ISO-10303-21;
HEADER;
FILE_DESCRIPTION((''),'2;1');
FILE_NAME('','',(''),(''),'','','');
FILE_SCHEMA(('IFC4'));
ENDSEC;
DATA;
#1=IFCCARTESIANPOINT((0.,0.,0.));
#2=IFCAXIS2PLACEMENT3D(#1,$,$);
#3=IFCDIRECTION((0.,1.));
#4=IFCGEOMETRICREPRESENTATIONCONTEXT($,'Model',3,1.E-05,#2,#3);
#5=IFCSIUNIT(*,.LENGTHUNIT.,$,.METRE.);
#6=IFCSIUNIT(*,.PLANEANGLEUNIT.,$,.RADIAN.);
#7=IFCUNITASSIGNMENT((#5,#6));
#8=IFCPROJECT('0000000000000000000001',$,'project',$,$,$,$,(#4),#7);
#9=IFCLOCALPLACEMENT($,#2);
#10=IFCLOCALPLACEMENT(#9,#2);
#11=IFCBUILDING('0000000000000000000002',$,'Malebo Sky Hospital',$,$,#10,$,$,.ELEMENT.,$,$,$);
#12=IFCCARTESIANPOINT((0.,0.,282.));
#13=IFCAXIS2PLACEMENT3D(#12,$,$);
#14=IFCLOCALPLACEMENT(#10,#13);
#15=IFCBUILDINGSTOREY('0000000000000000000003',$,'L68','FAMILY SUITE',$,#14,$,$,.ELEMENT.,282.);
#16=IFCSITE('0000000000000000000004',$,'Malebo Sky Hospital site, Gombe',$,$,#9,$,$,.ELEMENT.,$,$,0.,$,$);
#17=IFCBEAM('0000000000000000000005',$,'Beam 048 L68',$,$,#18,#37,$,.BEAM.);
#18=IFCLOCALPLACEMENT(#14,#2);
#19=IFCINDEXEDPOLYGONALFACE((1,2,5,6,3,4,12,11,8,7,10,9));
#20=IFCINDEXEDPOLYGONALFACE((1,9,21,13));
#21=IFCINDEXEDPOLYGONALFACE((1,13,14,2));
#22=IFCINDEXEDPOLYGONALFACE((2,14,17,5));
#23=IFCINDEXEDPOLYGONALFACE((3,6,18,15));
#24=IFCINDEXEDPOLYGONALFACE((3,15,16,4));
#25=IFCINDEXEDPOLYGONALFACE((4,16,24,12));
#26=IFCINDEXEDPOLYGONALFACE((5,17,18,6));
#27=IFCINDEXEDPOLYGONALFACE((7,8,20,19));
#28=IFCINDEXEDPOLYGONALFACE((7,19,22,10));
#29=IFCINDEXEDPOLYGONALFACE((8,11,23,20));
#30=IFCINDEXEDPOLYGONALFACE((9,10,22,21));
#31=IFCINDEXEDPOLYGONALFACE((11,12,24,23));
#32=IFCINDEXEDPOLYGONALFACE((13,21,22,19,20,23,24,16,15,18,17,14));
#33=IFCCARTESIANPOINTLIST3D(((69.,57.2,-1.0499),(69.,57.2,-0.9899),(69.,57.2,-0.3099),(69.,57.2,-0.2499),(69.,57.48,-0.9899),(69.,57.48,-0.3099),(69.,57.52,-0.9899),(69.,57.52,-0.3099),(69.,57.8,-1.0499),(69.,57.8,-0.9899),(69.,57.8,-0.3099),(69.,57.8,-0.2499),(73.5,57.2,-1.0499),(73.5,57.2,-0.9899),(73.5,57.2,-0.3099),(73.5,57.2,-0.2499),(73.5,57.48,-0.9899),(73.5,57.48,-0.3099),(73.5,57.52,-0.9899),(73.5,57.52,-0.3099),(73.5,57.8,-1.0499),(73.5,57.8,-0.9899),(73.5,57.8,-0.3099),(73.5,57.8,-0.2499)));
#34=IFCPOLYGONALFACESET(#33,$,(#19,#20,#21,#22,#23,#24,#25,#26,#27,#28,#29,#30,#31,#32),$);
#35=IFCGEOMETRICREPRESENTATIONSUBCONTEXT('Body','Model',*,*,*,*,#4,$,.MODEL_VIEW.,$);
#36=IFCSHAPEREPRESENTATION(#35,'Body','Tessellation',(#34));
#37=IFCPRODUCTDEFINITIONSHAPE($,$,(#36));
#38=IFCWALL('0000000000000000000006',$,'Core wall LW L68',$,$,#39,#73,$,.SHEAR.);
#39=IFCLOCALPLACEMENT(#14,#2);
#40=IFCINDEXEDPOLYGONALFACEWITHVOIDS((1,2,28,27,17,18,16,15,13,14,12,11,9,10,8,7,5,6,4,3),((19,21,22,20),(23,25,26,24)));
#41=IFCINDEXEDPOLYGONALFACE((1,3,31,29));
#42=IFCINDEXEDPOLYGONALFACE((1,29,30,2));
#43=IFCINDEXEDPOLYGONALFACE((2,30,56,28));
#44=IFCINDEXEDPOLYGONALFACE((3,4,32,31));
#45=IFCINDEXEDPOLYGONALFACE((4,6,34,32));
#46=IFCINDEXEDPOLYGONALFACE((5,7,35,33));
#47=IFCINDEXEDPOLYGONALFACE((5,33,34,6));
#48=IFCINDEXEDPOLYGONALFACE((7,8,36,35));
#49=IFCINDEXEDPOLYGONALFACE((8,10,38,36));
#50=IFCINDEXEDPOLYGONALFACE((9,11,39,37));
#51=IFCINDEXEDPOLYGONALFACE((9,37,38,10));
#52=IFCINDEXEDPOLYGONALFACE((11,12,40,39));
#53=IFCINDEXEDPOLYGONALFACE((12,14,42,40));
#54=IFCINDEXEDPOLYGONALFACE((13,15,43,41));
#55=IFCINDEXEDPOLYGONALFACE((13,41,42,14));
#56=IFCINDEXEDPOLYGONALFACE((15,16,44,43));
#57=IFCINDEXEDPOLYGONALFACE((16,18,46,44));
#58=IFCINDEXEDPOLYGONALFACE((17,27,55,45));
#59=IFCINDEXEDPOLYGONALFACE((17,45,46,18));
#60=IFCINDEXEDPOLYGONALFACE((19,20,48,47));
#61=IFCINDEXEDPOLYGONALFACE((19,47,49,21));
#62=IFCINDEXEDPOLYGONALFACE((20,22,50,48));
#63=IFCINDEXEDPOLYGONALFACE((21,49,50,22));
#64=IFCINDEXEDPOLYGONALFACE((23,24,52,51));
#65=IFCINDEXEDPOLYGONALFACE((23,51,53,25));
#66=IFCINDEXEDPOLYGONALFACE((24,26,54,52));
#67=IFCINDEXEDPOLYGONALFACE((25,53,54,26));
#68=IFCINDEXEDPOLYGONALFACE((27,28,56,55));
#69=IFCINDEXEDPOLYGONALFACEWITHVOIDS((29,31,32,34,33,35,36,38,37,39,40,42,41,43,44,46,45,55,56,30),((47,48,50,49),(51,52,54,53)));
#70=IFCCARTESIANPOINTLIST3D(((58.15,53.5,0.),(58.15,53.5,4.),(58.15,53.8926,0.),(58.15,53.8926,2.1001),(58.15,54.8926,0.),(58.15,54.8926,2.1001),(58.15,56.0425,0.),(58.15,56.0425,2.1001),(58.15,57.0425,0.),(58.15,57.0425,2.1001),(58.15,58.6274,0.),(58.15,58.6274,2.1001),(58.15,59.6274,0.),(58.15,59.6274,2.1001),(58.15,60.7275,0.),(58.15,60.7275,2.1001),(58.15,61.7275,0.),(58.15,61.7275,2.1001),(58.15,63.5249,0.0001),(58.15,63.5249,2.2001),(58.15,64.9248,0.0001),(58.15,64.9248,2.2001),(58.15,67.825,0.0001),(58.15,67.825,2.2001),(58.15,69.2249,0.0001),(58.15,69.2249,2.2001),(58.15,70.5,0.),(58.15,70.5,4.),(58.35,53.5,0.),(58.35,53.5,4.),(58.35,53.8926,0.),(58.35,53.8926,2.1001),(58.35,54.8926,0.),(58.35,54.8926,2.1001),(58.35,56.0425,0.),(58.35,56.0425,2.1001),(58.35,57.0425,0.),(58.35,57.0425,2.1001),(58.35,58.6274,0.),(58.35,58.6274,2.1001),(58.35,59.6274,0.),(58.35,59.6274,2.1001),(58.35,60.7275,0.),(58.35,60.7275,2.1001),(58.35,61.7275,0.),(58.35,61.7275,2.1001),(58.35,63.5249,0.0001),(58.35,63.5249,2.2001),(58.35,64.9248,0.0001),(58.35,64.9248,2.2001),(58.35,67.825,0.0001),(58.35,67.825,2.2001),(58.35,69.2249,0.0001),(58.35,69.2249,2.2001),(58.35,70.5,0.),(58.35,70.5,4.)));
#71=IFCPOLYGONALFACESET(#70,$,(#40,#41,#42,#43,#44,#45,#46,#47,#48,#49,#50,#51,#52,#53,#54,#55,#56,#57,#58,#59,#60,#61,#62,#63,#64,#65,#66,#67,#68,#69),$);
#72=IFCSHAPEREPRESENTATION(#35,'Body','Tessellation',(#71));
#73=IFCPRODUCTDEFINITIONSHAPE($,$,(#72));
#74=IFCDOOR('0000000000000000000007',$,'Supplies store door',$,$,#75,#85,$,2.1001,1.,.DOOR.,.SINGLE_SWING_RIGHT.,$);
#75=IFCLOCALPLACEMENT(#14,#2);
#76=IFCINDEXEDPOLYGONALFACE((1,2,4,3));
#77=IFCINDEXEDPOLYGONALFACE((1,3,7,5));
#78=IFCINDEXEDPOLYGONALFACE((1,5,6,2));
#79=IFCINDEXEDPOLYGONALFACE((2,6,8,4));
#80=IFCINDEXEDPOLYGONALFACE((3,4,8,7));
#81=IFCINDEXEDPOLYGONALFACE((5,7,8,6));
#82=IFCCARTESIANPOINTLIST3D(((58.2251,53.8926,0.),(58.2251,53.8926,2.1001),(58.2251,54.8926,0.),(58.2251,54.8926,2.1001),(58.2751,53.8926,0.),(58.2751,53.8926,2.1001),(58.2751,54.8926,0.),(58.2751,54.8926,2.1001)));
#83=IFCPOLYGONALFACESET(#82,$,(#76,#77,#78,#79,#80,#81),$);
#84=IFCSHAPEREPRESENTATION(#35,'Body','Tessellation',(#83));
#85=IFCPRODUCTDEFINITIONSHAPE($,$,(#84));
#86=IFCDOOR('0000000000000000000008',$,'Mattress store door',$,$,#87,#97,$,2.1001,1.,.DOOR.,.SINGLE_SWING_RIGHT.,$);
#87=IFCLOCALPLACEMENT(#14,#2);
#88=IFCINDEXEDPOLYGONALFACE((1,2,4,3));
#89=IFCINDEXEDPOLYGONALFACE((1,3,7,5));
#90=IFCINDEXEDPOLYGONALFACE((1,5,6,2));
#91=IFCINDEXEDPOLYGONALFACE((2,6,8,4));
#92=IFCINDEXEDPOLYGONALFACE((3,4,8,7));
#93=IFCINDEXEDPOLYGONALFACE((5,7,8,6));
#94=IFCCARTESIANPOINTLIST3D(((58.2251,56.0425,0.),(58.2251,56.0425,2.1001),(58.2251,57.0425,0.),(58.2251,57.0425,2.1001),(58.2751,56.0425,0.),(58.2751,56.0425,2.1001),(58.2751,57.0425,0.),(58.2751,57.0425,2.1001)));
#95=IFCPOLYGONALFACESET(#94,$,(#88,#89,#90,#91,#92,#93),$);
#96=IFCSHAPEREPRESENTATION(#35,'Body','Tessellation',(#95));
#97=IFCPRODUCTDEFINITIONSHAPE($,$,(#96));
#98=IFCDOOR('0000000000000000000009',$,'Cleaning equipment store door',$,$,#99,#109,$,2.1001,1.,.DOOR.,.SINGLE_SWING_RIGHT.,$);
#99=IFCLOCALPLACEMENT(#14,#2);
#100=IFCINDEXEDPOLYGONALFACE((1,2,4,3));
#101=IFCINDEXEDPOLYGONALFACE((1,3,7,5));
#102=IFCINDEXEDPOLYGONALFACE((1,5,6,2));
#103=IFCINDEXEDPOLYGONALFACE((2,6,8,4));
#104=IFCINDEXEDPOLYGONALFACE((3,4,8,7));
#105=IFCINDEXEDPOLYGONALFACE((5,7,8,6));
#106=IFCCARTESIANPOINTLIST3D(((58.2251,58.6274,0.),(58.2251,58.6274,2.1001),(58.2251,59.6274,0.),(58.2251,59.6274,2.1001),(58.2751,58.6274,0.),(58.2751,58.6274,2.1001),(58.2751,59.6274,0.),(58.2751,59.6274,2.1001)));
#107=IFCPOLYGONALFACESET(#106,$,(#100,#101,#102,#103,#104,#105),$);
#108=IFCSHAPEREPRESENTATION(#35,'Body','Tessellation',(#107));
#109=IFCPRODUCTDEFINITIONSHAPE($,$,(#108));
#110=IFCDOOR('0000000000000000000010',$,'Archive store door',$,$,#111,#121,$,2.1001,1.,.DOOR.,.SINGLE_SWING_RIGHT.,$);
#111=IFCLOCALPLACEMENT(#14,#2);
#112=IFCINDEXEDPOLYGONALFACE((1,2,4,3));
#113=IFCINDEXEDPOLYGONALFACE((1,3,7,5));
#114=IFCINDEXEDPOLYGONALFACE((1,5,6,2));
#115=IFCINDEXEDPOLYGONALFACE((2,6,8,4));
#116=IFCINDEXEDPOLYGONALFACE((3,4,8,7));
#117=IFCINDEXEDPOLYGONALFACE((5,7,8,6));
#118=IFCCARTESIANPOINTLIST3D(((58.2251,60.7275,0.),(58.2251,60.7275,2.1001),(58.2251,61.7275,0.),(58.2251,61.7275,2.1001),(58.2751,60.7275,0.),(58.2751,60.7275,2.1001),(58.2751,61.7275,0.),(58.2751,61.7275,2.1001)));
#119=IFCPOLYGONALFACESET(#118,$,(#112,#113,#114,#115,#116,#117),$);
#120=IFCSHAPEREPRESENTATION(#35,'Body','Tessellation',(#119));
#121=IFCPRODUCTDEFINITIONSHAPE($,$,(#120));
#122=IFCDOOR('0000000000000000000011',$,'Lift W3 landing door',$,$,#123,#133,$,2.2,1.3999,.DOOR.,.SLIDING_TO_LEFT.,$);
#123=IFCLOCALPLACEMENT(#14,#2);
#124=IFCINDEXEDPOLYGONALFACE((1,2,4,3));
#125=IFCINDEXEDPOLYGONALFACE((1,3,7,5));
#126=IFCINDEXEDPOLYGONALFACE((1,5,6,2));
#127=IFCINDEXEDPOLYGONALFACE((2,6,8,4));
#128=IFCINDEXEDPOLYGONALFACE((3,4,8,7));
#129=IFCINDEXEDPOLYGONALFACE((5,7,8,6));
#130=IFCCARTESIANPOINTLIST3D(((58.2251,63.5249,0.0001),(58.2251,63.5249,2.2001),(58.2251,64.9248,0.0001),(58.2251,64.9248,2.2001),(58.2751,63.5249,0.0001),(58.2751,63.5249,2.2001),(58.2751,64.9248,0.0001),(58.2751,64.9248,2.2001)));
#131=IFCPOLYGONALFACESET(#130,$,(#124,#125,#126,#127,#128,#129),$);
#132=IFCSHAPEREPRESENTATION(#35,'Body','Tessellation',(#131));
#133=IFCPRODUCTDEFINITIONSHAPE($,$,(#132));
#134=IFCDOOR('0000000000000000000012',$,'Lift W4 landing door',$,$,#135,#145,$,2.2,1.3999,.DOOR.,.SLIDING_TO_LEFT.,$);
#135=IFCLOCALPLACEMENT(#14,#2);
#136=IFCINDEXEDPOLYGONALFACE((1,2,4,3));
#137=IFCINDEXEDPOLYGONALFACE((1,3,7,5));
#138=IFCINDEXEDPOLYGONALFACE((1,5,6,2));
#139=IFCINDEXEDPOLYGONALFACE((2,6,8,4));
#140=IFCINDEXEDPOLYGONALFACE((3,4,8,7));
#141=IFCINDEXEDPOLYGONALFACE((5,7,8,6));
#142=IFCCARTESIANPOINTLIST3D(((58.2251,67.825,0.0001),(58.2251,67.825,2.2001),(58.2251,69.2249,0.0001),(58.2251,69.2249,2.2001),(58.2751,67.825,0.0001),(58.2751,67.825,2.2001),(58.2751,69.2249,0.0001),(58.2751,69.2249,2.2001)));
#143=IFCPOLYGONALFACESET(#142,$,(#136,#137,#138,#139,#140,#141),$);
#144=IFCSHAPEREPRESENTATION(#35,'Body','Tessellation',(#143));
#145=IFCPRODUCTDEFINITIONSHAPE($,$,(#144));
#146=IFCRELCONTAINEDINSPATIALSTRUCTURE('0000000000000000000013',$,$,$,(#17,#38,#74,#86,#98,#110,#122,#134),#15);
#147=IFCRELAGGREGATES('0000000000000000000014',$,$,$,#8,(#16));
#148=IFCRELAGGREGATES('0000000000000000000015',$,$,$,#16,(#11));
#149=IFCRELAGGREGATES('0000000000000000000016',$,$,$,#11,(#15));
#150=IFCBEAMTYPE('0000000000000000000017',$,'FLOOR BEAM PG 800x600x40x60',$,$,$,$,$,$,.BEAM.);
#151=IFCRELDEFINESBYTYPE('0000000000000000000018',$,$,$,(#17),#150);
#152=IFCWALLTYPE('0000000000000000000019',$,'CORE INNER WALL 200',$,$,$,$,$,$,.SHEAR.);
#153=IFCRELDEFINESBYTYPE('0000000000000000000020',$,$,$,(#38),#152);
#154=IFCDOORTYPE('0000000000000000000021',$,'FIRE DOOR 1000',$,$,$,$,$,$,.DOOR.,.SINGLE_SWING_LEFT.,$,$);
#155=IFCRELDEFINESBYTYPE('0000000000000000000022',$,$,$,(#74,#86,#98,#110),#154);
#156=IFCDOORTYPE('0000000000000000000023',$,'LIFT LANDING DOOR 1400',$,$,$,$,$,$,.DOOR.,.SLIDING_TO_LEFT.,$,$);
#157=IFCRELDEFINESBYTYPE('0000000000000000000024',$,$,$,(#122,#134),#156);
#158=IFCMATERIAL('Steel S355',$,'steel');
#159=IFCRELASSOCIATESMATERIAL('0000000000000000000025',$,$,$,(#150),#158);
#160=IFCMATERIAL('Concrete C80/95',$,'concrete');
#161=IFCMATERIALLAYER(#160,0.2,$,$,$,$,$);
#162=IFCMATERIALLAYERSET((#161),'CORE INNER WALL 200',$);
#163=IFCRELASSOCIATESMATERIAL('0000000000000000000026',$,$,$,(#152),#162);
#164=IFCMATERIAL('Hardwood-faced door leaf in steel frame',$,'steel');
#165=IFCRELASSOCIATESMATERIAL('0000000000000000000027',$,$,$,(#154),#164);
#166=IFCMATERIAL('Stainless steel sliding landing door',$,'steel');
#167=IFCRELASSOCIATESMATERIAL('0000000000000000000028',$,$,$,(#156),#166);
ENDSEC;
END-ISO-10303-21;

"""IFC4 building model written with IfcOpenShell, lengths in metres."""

from ifc_helpers import new_model, si_unit, direction, frame, frame_2d, origin, origin_2d, place, context, subcontext, project, spatial, rectangle, i_section, extrude, material, layer, layer_set, material_profile, profile_set, type_object, element, fill, save


model = new_model("IFC4")

# Units and contexts
model_context = context("Model", 3, precision=1e-05, world=origin(), true_north=direction((0.0, 1.0)))
body_context = subcontext(model_context, "Body", "Model", "MODEL_VIEW")
ifc_project = project(units=[si_unit("LENGTHUNIT", "METRE"), si_unit("PLANEANGLEUNIT", "RADIAN")], contexts=[model_context])

# Site, building, storey
site_placement = place(None, origin())
site = spatial("IfcSite", under=ifc_project, at=site_placement, Name="Malebo Sky Hospital site, Gombe", CompositionType="ELEMENT", RefElevation=0.0)
building_placement = place(site_placement, origin())
building = spatial("IfcBuilding", under=site, at=building_placement, Name="Malebo Sky Hospital", CompositionType="ELEMENT")
storey_placement = place(building_placement, frame((0.0, 0.0, 282.0)))
storey = spatial("IfcBuildingStorey", under=building, at=storey_placement, Name="L68", Description="FAMILY SUITE", CompositionType="ELEMENT", Elevation=282.0)

# Beam
ifc_material_1 = material(Name="Steel S355", Category="steel")
ifc_material_profile = material_profile(ifc_material_1, i_section(OverallWidth=0.6001, OverallDepth=0.8, WebThickness=0.04, FlangeThickness=0.0601, at=origin_2d()), Name="PG 800x600x40x60")
ifc_profile_set = profile_set([ifc_material_profile], Name="Steel S355")
beam_type = type_object("IfcBeamType", Name="FLOOR BEAM PG 800x600x40x60", PredefinedType="BEAM", material=ifc_profile_set)
beam_placement = place(storey_placement, frame((69.0, 57.5, -0.6499), z_axis=(1.0, 0.0, 0.0), x_axis=(0.0, 1.0, 0.0)))
element("IfcBeam", 1, at=beam_placement, inside=storey, type_object=beam_type, Name="Beam 048 L68", PredefinedType="BEAM", context=body_context, shape_type="SweptSolid", body=[
    extrude(i_section(OverallWidth=0.6001, OverallDepth=0.8, WebThickness=0.04, FlangeThickness=0.0601, at=origin_2d()), origin(), (0.0, 0.0, 1.0), 4.5),
])

# Wall, openings, doors
ifc_material_2 = material(Name="Concrete C80/95", Category="concrete")
ifc_layer_1 = layer(ifc_material_2, 0.2)
ifc_layer_set_1 = layer_set([ifc_layer_1], Name="CORE INNER WALL 200")
wall_type_1 = type_object("IfcWallType", Name="CORE INNER WALL 200", PredefinedType="SHEAR", material=ifc_layer_set_1)
wall_1_placement = place(storey_placement, frame((58.25, 53.5, 0.0), z_axis=(0.0, 0.0, 1.0), x_axis=(0.0, 1.0, 0.0)))
wall_1 = element("IfcWall", 2, at=wall_1_placement, inside=storey, type_object=wall_type_1, Name="Core wall LW L68", PredefinedType="SHEAR", context=body_context, shape_type="SweptSolid", body=[
    extrude(rectangle(XDim=17.0, YDim=0.2, at=frame_2d((8.5, 0.0))), origin(), (0.0, 0.0, 1.0), 4.0),
])
opening_1_placement = place(wall_1_placement, frame((0.3926, 0.0, 0.0)))
opening_1 = element("IfcOpeningElement", 3, at=opening_1_placement, cuts=wall_1, PredefinedType="OPENING", context=body_context, shape_type="SweptSolid", body=[
    extrude(rectangle(XDim=1.0, YDim=2.1001, at=frame_2d((0.5, 1.05))), frame((0.0, 0.1099, 0.0), z_axis=(0.0, -1.0, 0.0), x_axis=(1.0, 0.0, 0.0)), (0.0, 0.0, 1.0), 0.22),
])
opening_2_placement = place(wall_1_placement, frame((2.5425, 0.0, 0.0)))
opening_2 = element("IfcOpeningElement", 4, at=opening_2_placement, cuts=wall_1, PredefinedType="OPENING", context=body_context, shape_type="SweptSolid", body=[
    extrude(rectangle(XDim=1.0, YDim=2.1001, at=frame_2d((0.5, 1.05))), frame((0.0, 0.1099, 0.0), z_axis=(0.0, -1.0, 0.0), x_axis=(1.0, 0.0, 0.0)), (0.0, 0.0, 1.0), 0.22),
])
opening_3_placement = place(wall_1_placement, frame((5.1274, 0.0, 0.0)))
opening_3 = element("IfcOpeningElement", 5, at=opening_3_placement, cuts=wall_1, PredefinedType="OPENING", context=body_context, shape_type="SweptSolid", body=[
    extrude(rectangle(XDim=1.0, YDim=2.1001, at=frame_2d((0.5, 1.05))), frame((0.0, 0.1099, 0.0), z_axis=(0.0, -1.0, 0.0), x_axis=(1.0, 0.0, 0.0)), (0.0, 0.0, 1.0), 0.22),
])
opening_4_placement = place(wall_1_placement, frame((7.2275, 0.0, 0.0)))
opening_4 = element("IfcOpeningElement", 6, at=opening_4_placement, cuts=wall_1, PredefinedType="OPENING", context=body_context, shape_type="SweptSolid", body=[
    extrude(rectangle(XDim=1.0, YDim=2.1001, at=frame_2d((0.5, 1.05))), frame((0.0, 0.1099, 0.0), z_axis=(0.0, -1.0, 0.0), x_axis=(1.0, 0.0, 0.0)), (0.0, 0.0, 1.0), 0.22),
])
opening_5_placement = place(wall_1_placement, frame((10.0249, 0.0, 0.0)))
opening_5 = element("IfcOpeningElement", 7, at=opening_5_placement, cuts=wall_1, PredefinedType="OPENING", context=body_context, shape_type="SweptSolid", body=[
    extrude(rectangle(XDim=1.3999, YDim=2.2, at=frame_2d((0.7, 1.1001))), frame((0.0, 0.1099, 0.0), z_axis=(0.0, -1.0, 0.0), x_axis=(1.0, 0.0, 0.0)), (0.0, 0.0, 1.0), 0.22),
])
opening_6_placement = place(wall_1_placement, frame((14.325, 0.0, 0.0)))
opening_6 = element("IfcOpeningElement", 8, at=opening_6_placement, cuts=wall_1, PredefinedType="OPENING", context=body_context, shape_type="SweptSolid", body=[
    extrude(rectangle(XDim=1.3999, YDim=2.2, at=frame_2d((0.7, 1.1001))), frame((0.0, 0.1099, 0.0), z_axis=(0.0, -1.0, 0.0), x_axis=(1.0, 0.0, 0.0)), (0.0, 0.0, 1.0), 0.22),
])
ifc_material_3 = material(Name="Hardwood-faced door leaf in steel frame", Category="steel")
door_type_1 = type_object("IfcDoorType", Name="FIRE DOOR 1000", OperationType="SINGLE_SWING_LEFT", PredefinedType="DOOR", material=ifc_material_3)
door_1_placement = place(opening_1_placement, origin())
door_1 = element("IfcDoor", 9, at=door_1_placement, inside=storey, type_object=door_type_1, Name="Supplies store door", OperationType="SINGLE_SWING_RIGHT", OverallHeight=2.1001, OverallWidth=1.0, PredefinedType="DOOR", context=body_context, shape_type="SweptSolid", body=[
    extrude(rectangle(XDim=1.0, YDim=2.1001, at=frame_2d((0.5, 1.05))), frame((0.0, 0.0249, 0.0), z_axis=(0.0, -1.0, 0.0), x_axis=(1.0, 0.0, 0.0)), (0.0, 0.0, 1.0), 0.05),
])
fill(opening_1, door_1)
door_2_placement = place(opening_2_placement, origin())
door_2 = element("IfcDoor", 10, at=door_2_placement, inside=storey, type_object=door_type_1, Name="Mattress store door", OperationType="SINGLE_SWING_RIGHT", OverallHeight=2.1001, OverallWidth=1.0, PredefinedType="DOOR", context=body_context, shape_type="SweptSolid", body=[
    extrude(rectangle(XDim=1.0, YDim=2.1001, at=frame_2d((0.5, 1.05))), frame((0.0, 0.0249, 0.0), z_axis=(0.0, -1.0, 0.0), x_axis=(1.0, 0.0, 0.0)), (0.0, 0.0, 1.0), 0.05),
])
fill(opening_2, door_2)
door_3_placement = place(opening_3_placement, origin())
door_3 = element("IfcDoor", 11, at=door_3_placement, inside=storey, type_object=door_type_1, Name="Cleaning equipment store door", OperationType="SINGLE_SWING_RIGHT", OverallHeight=2.1001, OverallWidth=1.0, PredefinedType="DOOR", context=body_context, shape_type="SweptSolid", body=[
    extrude(rectangle(XDim=1.0, YDim=2.1001, at=frame_2d((0.5, 1.05))), frame((0.0, 0.0249, 0.0), z_axis=(0.0, -1.0, 0.0), x_axis=(1.0, 0.0, 0.0)), (0.0, 0.0, 1.0), 0.05),
])
fill(opening_3, door_3)
door_4_placement = place(opening_4_placement, origin())
door_4 = element("IfcDoor", 12, at=door_4_placement, inside=storey, type_object=door_type_1, Name="Archive store door", OperationType="SINGLE_SWING_RIGHT", OverallHeight=2.1001, OverallWidth=1.0, PredefinedType="DOOR", context=body_context, shape_type="SweptSolid", body=[
    extrude(rectangle(XDim=1.0, YDim=2.1001, at=frame_2d((0.5, 1.05))), frame((0.0, 0.0249, 0.0), z_axis=(0.0, -1.0, 0.0), x_axis=(1.0, 0.0, 0.0)), (0.0, 0.0, 1.0), 0.05),
])
fill(opening_4, door_4)
ifc_material_4 = material(Name="Stainless steel sliding landing door", Category="steel")
door_type_2 = type_object("IfcDoorType", Name="LIFT LANDING DOOR 1400", OperationType="SLIDING_TO_LEFT", PredefinedType="DOOR", material=ifc_material_4)
door_5_placement = place(opening_5_placement, origin())
door_5 = element("IfcDoor", 13, at=door_5_placement, inside=storey, type_object=door_type_2, Name="Lift W3 landing door", OperationType="SLIDING_TO_LEFT", OverallHeight=2.2, OverallWidth=1.3999, PredefinedType="DOOR", context=body_context, shape_type="SweptSolid", body=[
    extrude(rectangle(XDim=1.3999, YDim=2.2, at=frame_2d((0.7, 1.1001))), frame((0.0, 0.0249, 0.0), z_axis=(0.0, -1.0, 0.0), x_axis=(1.0, 0.0, 0.0)), (0.0, 0.0, 1.0), 0.05),
])
fill(opening_5, door_5)
door_6_placement = place(opening_6_placement, origin())
door_6 = element("IfcDoor", 14, at=door_6_placement, inside=storey, type_object=door_type_2, Name="Lift W4 landing door", OperationType="SLIDING_TO_LEFT", OverallHeight=2.2, OverallWidth=1.3999, PredefinedType="DOOR", context=body_context, shape_type="SweptSolid", body=[
    extrude(rectangle(XDim=1.3999, YDim=2.2, at=frame_2d((0.7, 1.1001))), frame((0.0, 0.0249, 0.0), z_axis=(0.0, -1.0, 0.0), x_axis=(1.0, 0.0, 0.0)), (0.0, 0.0, 1.0), 0.05),
])
fill(opening_6, door_6)

save(model, "model.ifc")
